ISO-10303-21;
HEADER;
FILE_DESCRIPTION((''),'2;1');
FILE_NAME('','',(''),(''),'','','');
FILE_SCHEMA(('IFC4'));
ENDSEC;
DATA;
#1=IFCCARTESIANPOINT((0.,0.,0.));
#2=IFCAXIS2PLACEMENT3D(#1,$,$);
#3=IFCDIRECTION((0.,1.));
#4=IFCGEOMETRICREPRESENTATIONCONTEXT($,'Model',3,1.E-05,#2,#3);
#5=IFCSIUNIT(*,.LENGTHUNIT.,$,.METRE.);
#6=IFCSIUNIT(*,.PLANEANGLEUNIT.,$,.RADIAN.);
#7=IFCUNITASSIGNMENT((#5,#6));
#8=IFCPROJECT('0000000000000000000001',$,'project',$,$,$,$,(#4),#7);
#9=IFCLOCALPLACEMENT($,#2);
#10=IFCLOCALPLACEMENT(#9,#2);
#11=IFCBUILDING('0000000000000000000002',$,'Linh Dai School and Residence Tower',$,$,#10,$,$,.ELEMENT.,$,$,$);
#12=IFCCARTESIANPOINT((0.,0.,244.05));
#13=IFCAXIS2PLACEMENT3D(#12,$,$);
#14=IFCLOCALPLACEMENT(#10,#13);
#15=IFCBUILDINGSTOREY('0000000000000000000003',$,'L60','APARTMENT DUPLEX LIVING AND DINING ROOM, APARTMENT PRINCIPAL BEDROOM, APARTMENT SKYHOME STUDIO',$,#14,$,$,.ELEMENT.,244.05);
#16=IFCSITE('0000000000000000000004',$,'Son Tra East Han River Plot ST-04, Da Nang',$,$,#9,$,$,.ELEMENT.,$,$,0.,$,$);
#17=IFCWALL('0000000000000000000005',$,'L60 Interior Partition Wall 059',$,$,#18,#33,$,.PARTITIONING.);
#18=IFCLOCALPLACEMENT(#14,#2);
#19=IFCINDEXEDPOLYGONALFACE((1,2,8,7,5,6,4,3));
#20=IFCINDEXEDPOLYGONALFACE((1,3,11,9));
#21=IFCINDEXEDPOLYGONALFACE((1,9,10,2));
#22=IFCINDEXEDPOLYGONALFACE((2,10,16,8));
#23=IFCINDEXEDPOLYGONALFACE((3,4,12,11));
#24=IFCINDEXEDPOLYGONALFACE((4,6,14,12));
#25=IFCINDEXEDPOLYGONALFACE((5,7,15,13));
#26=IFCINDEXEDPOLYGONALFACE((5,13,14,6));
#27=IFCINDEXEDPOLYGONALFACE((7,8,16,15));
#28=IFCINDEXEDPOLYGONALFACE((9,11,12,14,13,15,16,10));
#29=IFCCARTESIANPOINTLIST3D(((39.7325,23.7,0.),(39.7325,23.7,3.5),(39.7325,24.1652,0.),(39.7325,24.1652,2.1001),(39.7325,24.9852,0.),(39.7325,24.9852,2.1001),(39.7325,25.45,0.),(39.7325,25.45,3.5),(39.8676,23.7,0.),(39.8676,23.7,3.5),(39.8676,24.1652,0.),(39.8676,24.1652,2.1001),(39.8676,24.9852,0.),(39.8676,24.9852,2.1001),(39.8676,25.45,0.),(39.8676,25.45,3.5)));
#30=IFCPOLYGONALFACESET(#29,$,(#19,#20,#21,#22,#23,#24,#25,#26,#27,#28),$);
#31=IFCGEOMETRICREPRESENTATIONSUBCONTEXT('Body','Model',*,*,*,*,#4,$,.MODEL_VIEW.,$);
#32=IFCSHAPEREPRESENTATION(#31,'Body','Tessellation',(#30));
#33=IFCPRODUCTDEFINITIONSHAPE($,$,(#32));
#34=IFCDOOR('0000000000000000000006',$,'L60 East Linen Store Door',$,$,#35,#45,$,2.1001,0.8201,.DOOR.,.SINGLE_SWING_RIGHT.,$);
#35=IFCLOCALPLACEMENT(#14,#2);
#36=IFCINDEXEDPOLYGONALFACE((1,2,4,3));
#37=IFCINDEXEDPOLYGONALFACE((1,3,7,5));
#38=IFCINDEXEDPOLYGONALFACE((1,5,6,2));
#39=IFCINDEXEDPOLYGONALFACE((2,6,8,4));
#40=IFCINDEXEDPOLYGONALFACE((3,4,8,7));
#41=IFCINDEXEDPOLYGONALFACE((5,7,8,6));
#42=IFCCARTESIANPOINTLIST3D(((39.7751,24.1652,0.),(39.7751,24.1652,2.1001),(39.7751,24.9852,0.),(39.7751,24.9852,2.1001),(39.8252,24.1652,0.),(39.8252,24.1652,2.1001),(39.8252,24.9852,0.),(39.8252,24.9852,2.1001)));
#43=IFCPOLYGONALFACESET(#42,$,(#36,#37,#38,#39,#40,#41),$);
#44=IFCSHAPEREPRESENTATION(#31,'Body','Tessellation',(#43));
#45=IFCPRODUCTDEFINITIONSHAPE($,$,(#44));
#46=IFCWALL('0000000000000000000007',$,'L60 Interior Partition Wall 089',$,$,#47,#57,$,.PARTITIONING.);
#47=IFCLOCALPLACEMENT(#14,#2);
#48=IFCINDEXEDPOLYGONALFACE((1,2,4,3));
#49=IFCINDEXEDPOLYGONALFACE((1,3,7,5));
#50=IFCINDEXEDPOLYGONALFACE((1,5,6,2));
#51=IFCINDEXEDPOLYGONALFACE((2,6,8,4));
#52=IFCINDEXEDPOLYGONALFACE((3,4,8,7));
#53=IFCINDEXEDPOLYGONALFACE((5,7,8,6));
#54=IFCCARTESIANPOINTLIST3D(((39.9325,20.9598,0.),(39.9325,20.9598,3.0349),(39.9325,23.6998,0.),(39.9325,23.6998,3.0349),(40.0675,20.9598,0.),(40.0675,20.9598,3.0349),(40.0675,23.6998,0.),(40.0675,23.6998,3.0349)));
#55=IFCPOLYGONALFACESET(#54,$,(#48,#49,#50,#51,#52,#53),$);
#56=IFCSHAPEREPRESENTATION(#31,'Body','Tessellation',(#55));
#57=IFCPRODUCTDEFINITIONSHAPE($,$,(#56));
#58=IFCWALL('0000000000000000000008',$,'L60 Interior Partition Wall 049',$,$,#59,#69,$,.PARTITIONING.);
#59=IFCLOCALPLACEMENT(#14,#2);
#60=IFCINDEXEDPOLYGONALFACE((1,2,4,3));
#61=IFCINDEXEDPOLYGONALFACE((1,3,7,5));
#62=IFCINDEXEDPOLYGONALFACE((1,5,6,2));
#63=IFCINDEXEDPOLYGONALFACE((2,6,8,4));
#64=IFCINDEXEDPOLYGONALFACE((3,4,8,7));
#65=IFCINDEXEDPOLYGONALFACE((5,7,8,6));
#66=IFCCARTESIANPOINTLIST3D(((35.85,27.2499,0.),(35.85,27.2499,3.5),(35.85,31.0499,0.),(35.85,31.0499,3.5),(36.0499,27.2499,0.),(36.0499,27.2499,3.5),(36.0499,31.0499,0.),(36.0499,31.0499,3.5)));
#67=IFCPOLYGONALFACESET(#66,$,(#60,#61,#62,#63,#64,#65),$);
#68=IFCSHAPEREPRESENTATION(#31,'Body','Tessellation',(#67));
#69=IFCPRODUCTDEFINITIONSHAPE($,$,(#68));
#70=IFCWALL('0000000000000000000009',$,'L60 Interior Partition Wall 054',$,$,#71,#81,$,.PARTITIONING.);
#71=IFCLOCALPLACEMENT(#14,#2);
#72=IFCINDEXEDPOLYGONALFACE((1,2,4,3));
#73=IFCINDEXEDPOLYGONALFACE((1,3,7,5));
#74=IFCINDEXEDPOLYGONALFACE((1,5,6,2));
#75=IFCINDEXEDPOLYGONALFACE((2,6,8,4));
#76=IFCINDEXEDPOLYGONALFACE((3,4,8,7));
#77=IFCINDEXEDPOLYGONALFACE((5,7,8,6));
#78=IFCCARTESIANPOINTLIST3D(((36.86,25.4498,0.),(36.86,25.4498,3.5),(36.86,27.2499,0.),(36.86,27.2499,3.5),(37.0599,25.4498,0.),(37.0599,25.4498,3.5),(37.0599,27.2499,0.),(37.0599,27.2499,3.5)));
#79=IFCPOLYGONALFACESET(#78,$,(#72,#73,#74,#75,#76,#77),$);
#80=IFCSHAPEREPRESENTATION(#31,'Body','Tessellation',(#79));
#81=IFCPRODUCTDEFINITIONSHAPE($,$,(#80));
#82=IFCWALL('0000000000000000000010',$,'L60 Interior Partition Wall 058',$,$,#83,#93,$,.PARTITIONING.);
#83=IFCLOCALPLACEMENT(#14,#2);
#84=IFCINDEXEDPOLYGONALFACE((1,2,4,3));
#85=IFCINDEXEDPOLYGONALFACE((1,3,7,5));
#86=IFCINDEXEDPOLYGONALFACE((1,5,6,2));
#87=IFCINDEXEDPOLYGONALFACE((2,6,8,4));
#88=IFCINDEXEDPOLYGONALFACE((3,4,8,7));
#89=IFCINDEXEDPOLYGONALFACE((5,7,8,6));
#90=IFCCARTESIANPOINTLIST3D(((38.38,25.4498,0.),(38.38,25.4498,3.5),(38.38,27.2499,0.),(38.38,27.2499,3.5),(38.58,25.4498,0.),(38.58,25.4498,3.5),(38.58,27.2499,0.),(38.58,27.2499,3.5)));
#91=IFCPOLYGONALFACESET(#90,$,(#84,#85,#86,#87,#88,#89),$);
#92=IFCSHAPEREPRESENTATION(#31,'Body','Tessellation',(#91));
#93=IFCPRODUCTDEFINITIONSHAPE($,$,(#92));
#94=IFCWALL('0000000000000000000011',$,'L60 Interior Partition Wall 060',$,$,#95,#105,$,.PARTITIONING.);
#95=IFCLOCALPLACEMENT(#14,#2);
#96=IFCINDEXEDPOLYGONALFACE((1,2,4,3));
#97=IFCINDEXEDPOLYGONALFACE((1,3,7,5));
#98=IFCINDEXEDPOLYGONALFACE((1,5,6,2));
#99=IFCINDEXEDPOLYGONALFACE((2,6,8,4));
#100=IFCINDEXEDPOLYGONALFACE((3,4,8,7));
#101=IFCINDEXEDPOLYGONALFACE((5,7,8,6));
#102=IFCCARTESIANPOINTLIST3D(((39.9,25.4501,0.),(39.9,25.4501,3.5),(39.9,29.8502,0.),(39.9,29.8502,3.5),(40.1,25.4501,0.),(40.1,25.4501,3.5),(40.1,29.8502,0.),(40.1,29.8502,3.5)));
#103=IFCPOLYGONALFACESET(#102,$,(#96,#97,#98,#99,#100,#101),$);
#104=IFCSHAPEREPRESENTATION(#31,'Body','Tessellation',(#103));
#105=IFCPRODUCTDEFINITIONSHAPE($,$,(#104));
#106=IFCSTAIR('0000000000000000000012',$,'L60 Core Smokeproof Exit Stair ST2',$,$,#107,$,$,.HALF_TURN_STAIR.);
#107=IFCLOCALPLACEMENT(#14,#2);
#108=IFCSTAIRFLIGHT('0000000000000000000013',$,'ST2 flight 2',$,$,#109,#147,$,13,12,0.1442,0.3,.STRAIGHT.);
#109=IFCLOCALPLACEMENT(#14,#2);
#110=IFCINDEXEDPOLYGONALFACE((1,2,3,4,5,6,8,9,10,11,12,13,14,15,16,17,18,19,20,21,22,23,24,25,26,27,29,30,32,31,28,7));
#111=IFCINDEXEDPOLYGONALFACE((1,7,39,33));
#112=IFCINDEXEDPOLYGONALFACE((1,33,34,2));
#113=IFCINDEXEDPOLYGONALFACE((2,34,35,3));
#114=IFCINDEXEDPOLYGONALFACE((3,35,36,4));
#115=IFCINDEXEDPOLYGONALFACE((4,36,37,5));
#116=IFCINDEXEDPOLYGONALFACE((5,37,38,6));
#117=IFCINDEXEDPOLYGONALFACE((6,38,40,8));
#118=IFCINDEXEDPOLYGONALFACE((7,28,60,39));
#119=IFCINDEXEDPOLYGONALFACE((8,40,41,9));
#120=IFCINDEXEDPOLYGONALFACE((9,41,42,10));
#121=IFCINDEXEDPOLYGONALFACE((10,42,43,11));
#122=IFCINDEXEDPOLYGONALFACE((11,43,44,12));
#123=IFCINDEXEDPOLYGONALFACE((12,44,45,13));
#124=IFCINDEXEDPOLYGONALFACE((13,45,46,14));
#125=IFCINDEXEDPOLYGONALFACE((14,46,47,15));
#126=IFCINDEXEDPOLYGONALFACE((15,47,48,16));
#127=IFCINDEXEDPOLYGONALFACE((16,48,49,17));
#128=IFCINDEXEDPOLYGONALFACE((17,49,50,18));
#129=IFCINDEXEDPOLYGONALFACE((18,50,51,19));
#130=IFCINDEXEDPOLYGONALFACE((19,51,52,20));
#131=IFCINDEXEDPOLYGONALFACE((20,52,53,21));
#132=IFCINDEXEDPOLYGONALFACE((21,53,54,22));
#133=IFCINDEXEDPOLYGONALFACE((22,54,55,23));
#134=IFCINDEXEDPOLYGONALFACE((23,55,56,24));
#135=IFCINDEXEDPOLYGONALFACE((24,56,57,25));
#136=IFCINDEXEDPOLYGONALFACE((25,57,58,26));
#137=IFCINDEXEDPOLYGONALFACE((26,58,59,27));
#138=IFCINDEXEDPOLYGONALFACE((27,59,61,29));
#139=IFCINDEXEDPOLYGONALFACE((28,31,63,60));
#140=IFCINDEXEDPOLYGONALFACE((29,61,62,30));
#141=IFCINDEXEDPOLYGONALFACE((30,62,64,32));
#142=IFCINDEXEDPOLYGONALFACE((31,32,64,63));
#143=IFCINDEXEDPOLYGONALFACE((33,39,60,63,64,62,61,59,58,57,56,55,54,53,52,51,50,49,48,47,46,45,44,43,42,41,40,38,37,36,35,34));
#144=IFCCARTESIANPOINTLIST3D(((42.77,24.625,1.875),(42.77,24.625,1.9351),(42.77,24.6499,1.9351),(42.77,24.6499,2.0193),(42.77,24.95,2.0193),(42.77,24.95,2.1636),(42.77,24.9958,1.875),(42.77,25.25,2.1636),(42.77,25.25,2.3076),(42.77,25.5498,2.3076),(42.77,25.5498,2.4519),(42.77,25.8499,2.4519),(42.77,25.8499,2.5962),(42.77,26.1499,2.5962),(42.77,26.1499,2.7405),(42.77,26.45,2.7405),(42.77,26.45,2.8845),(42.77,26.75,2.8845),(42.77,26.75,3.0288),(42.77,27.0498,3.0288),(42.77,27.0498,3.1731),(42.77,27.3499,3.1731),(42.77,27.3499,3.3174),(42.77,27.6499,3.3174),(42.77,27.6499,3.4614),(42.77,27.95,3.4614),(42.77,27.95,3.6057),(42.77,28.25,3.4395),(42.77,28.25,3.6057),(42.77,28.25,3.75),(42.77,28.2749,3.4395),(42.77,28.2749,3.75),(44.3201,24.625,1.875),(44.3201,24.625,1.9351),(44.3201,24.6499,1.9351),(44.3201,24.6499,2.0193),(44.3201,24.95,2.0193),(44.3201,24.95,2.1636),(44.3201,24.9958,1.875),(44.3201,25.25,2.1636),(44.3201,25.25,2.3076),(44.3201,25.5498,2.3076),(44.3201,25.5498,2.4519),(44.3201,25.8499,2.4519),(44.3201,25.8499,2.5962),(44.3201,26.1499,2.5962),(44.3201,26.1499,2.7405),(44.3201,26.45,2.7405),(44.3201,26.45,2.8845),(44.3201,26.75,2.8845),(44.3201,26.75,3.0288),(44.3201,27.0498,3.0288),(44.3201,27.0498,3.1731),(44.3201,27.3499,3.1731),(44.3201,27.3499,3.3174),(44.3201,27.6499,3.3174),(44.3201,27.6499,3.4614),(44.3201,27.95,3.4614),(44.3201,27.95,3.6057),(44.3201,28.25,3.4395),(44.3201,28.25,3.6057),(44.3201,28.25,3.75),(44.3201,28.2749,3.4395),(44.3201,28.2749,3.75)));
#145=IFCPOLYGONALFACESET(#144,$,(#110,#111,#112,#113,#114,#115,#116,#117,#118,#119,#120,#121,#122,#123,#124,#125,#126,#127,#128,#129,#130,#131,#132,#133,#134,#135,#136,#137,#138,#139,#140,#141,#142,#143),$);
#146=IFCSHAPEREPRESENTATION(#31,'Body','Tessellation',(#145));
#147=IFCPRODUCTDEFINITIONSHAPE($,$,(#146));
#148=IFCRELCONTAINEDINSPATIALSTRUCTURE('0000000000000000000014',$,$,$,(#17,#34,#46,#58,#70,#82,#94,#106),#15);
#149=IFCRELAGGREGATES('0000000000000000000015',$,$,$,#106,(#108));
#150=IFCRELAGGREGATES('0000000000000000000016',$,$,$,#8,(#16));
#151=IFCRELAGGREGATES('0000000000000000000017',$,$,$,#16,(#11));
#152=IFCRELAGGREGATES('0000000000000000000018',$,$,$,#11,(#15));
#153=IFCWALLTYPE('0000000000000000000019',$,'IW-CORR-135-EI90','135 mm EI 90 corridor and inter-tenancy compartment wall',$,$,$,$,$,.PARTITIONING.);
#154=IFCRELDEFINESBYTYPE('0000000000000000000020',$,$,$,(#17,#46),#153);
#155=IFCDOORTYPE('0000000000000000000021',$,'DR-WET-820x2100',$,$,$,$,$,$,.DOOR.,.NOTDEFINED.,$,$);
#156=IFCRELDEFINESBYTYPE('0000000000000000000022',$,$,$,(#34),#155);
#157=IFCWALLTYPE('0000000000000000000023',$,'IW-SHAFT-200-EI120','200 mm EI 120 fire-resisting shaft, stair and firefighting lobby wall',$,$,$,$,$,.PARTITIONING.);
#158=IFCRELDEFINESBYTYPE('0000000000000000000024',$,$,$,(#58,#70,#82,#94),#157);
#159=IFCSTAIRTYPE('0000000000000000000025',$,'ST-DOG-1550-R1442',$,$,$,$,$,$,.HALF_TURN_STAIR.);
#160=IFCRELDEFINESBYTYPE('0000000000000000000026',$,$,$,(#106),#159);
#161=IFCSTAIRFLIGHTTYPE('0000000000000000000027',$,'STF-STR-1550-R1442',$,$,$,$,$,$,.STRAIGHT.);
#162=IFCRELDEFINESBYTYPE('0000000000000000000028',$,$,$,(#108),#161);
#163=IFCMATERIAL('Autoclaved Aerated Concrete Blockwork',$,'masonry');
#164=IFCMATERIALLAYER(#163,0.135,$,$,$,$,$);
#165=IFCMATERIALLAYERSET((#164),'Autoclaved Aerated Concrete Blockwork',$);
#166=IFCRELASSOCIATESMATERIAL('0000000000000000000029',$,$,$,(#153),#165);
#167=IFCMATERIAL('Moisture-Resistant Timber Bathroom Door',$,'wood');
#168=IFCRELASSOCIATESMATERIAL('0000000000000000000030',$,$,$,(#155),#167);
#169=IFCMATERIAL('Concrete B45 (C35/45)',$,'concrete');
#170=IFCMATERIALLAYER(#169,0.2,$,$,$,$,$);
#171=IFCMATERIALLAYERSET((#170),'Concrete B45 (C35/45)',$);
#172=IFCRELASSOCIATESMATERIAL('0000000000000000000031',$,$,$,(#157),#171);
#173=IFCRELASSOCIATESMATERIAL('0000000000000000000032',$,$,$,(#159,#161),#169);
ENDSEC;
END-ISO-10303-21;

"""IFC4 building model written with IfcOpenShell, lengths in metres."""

from ifc_helpers import new_model, si_unit, direction, frame, frame_2d, origin, origin_2d, place, context, subcontext, project, spatial, polyline, rectangle, outline, extrude, source, transform, mapped, material, layer, layer_set, type_object, element, fill, aggregate, save


model = new_model("IFC4")

# Units and contexts
model_context = context("Model", 3, precision=1e-05, world=origin(), true_north=direction((0.0, 1.0)))
body_context = subcontext(model_context, "Body", "Model", "MODEL_VIEW")
ifc_project = project(units=[si_unit("LENGTHUNIT", "METRE"), si_unit("PLANEANGLEUNIT", "RADIAN")], contexts=[model_context])

# Site, building, storey
site_placement = place(None, origin())
site = spatial("IfcSite", under=ifc_project, at=site_placement, Name="Son Tra East Han River Plot ST-04, Da Nang", CompositionType="ELEMENT", RefElevation=0.0)
building_placement = place(site_placement, origin())
building = spatial("IfcBuilding", under=site, at=building_placement, Name="Linh Dai School and Residence Tower", CompositionType="ELEMENT")
storey_placement = place(building_placement, frame((0.0, 0.0, 244.05)))
storey = spatial("IfcBuildingStorey", under=building, at=storey_placement, Name="L60", Description="APARTMENT DUPLEX LIVING AND DINING ROOM, APARTMENT PRINCIPAL BEDROOM, APARTMENT SKYHOME STUDIO", CompositionType="ELEMENT", Elevation=244.05)

# Wall, opening, door
ifc_material_1 = material(Name="Autoclaved Aerated Concrete Blockwork", Category="masonry")
ifc_layer_1 = layer(ifc_material_1, 0.135)
ifc_layer_set_1 = layer_set([ifc_layer_1], Name="Autoclaved Aerated Concrete Blockwork")
wall_type_1 = type_object("IfcWallType", Name="IW-CORR-135-EI90", Description="135 mm EI 90 corridor and inter-tenancy compartment wall", PredefinedType="PARTITIONING", material=ifc_layer_set_1)
wall_1_placement = place(storey_placement, frame((39.8, 23.7, 0.0), z_axis=(0.0, 0.0, 1.0), x_axis=(0.0, 1.0, 0.0)))
wall_1 = element("IfcWall", 1, at=wall_1_placement, inside=storey, type_object=wall_type_1, Name="L60 Interior Partition Wall 059", PredefinedType="PARTITIONING", context=body_context, shape_type="SweptSolid", body=[
    extrude(rectangle(XDim=1.75, YDim=0.135, at=frame_2d((0.875, 0.0))), origin(), (0.0, 0.0, 1.0), 3.5),
])
opening_placement = place(wall_1_placement, frame((0.4651, 0.0, 0.0)))
opening = element("IfcOpeningElement", 2, at=opening_placement, cuts=wall_1, PredefinedType="OPENING", context=body_context, shape_type="SweptSolid", body=[
    extrude(rectangle(XDim=0.8201, YDim=2.1001, at=origin_2d()), frame((0.4102, 0.0776, 1.05), z_axis=(0.0, -1.0, 0.0), x_axis=(1.0, 0.0, 0.0)), (0.0, 0.0, 1.0), 0.155),
])
ifc_material_2 = material(Name="Moisture-Resistant Timber Bathroom Door", Category="wood")
door_type = type_object("IfcDoorType", Name="DR-WET-820x2100", OperationType="NOTDEFINED", PredefinedType="DOOR", material=ifc_material_2)
shared_shape_1 = source(origin(), body_context, "Body", "SweptSolid", [
    extrude(rectangle(XDim=0.8201, YDim=2.1001, at=origin_2d()), frame((0.4102, 0.0249, 1.05), z_axis=(0.0, -1.0, 0.0), x_axis=(1.0, 0.0, 0.0)), (0.0, 0.0, 1.0), 0.05),
])
door_placement = place(opening_placement, origin())
door = element("IfcDoor", 3, at=door_placement, inside=storey, type_object=door_type, Name="L60 East Linen Store Door", OperationType="SINGLE_SWING_RIGHT", OverallHeight=2.1001, OverallWidth=0.8201, PredefinedType="DOOR", context=body_context, shape_type="MappedRepresentation", body=[
    mapped(shared_shape_1, transform((0.0, 0.0, 0.0), x_axis=(1.0, 0.0, 0.0), y_axis=(0.0, 1.0, 0.0), z_axis=(0.0, 0.0, 1.0), scale=1.0)),
])
fill(opening, door)

# Walls
wall_2_placement = place(storey_placement, frame((40.0, 23.7, 0.0), z_axis=(0.0, 0.0, 1.0), x_axis=(0.0, -1.0, 0.0)))
element("IfcWall", 4, at=wall_2_placement, inside=storey, type_object=wall_type_1, Name="L60 Interior Partition Wall 089", PredefinedType="PARTITIONING", context=body_context, shape_type="SweptSolid", body=[
    extrude(rectangle(XDim=2.74, YDim=0.135, at=frame_2d((1.3701, 0.0))), origin(), (0.0, 0.0, 1.0), 3.0349),
])
ifc_material_3 = material(Name="Concrete B45 (C35/45)", Category="concrete")
ifc_layer_2 = layer(ifc_material_3, 0.2)
ifc_layer_set_2 = layer_set([ifc_layer_2], Name="Concrete B45 (C35/45)")
wall_type_2 = type_object("IfcWallType", Name="IW-SHAFT-200-EI120", Description="200 mm EI 120 fire-resisting shaft, stair and firefighting lobby wall", PredefinedType="PARTITIONING", material=ifc_layer_set_2)
wall_3_placement = place(storey_placement, frame((35.95, 27.25, 0.0), z_axis=(0.0, 0.0, 1.0), x_axis=(0.0, 1.0, 0.0)))
element("IfcWall", 5, at=wall_3_placement, inside=storey, type_object=wall_type_2, Name="L60 Interior Partition Wall 049", PredefinedType="PARTITIONING", context=body_context, shape_type="SweptSolid", body=[
    extrude(rectangle(XDim=3.8, YDim=0.2, at=frame_2d((1.8999, 0.0))), origin(), (0.0, 0.0, 1.0), 3.5),
])
for number, where, z_axis, x_axis, name in (
    (6, (36.96, 25.45, 0.0), (0.0, 0.0, 1.0), (0.0, 1.0, 0.0), "L60 Interior Partition Wall 054"),
    (7, (38.48, 25.45, 0.0), (0.0, 0.0, 1.0), (0.0, 1.0, 0.0), "L60 Interior Partition Wall 058"),
):
    element("IfcWall", number, at=place(storey_placement, frame(where, z_axis=z_axis, x_axis=x_axis)), inside=storey, type_object=wall_type_2, Name=name, PredefinedType="PARTITIONING", context=body_context, shape_type="SweptSolid", body=[
        extrude(rectangle(XDim=1.8, YDim=0.2, at=frame_2d((0.8999, 0.0))), origin(), (0.0, 0.0, 1.0), 3.5),
    ])
wall_4_placement = place(storey_placement, frame((40.0, 25.45, 0.0), z_axis=(0.0, 0.0, 1.0), x_axis=(0.0, 1.0, 0.0)))
element("IfcWall", 8, at=wall_4_placement, inside=storey, type_object=wall_type_2, Name="L60 Interior Partition Wall 060", PredefinedType="PARTITIONING", context=body_context, shape_type="SweptSolid", body=[
    extrude(rectangle(XDim=4.4001, YDim=0.2, at=frame_2d((2.2002, 0.0))), origin(), (0.0, 0.0, 1.0), 3.5),
])

# Stair, stair flight
stair_type = type_object("IfcStairType", Name="ST-DOG-1550-R1442", PredefinedType="HALF_TURN_STAIR", material=ifc_material_3)
stair_placement = place(storey_placement, origin())
stair = element("IfcStair", 9, at=stair_placement, inside=storey, type_object=stair_type, Name="L60 Core Smokeproof Exit Stair ST2", PredefinedType="HALF_TURN_STAIR")
stair_flight_type = type_object("IfcStairFlightType", Name="STF-STR-1550-R1442", PredefinedType="STRAIGHT", material=ifc_material_3)
shared_shape_2 = source(origin(), body_context, "Body", "SweptSolid", [
    extrude(outline(polyline([(-0.0249, 0.0), (-0.0249, 0.0601), (0.0, 0.0601), (0.0, 0.1443), (0.3, 0.1443), (0.3, 0.2886), (0.6001, 0.2886), (0.6001, 0.4326), (0.8999, 0.4326), (0.8999, 0.5769), (1.2, 0.5769), (1.2, 0.7212), (1.5, 0.7212), (1.5, 0.8655), (1.8, 0.8655), (1.8, 1.0095), (2.1001, 1.0095), (2.1001, 1.1538), (2.3999, 1.1538), (2.3999, 1.2981), (2.7, 1.2981), (2.7, 1.4424), (3.0, 1.4424), (3.0, 1.5864), (3.3, 1.5864), (3.3, 1.7307), (3.6001, 1.7307), (3.6001, 1.875), (3.625, 1.875), (3.625, 1.5645), (3.6001, 1.5645), (0.3459, 0.0), (-0.0249, 0.0)])), frame((0.0, 0.7749, 0.0), z_axis=(0.0, -1.0, 0.0), x_axis=(1.0, 0.0, 0.0)), (0.0, 0.0, 1.0), 1.55),
])
stair_flight_placement = place(storey_placement, frame((43.5449, 24.6499, 1.875), z_axis=(0.0, 0.0, 1.0), x_axis=(0.0, 1.0, 0.0)))
stair_flight = element("IfcStairFlight", 10, at=stair_flight_placement, type_object=stair_flight_type, Name="ST2 flight 2", NumberOfRisers=13, NumberOfTreads=12, PredefinedType="STRAIGHT", RiserHeight=0.1442, TreadLength=0.3, context=body_context, shape_type="MappedRepresentation", body=[
    mapped(shared_shape_2, transform((0.0, 0.0, 0.0), x_axis=(1.0, 0.0, 0.0), y_axis=(0.0, 1.0, 0.0), z_axis=(0.0, 0.0, 1.0), scale=1.0)),
])
aggregate(stair, [stair_flight])

save(model, "model.ifc")
